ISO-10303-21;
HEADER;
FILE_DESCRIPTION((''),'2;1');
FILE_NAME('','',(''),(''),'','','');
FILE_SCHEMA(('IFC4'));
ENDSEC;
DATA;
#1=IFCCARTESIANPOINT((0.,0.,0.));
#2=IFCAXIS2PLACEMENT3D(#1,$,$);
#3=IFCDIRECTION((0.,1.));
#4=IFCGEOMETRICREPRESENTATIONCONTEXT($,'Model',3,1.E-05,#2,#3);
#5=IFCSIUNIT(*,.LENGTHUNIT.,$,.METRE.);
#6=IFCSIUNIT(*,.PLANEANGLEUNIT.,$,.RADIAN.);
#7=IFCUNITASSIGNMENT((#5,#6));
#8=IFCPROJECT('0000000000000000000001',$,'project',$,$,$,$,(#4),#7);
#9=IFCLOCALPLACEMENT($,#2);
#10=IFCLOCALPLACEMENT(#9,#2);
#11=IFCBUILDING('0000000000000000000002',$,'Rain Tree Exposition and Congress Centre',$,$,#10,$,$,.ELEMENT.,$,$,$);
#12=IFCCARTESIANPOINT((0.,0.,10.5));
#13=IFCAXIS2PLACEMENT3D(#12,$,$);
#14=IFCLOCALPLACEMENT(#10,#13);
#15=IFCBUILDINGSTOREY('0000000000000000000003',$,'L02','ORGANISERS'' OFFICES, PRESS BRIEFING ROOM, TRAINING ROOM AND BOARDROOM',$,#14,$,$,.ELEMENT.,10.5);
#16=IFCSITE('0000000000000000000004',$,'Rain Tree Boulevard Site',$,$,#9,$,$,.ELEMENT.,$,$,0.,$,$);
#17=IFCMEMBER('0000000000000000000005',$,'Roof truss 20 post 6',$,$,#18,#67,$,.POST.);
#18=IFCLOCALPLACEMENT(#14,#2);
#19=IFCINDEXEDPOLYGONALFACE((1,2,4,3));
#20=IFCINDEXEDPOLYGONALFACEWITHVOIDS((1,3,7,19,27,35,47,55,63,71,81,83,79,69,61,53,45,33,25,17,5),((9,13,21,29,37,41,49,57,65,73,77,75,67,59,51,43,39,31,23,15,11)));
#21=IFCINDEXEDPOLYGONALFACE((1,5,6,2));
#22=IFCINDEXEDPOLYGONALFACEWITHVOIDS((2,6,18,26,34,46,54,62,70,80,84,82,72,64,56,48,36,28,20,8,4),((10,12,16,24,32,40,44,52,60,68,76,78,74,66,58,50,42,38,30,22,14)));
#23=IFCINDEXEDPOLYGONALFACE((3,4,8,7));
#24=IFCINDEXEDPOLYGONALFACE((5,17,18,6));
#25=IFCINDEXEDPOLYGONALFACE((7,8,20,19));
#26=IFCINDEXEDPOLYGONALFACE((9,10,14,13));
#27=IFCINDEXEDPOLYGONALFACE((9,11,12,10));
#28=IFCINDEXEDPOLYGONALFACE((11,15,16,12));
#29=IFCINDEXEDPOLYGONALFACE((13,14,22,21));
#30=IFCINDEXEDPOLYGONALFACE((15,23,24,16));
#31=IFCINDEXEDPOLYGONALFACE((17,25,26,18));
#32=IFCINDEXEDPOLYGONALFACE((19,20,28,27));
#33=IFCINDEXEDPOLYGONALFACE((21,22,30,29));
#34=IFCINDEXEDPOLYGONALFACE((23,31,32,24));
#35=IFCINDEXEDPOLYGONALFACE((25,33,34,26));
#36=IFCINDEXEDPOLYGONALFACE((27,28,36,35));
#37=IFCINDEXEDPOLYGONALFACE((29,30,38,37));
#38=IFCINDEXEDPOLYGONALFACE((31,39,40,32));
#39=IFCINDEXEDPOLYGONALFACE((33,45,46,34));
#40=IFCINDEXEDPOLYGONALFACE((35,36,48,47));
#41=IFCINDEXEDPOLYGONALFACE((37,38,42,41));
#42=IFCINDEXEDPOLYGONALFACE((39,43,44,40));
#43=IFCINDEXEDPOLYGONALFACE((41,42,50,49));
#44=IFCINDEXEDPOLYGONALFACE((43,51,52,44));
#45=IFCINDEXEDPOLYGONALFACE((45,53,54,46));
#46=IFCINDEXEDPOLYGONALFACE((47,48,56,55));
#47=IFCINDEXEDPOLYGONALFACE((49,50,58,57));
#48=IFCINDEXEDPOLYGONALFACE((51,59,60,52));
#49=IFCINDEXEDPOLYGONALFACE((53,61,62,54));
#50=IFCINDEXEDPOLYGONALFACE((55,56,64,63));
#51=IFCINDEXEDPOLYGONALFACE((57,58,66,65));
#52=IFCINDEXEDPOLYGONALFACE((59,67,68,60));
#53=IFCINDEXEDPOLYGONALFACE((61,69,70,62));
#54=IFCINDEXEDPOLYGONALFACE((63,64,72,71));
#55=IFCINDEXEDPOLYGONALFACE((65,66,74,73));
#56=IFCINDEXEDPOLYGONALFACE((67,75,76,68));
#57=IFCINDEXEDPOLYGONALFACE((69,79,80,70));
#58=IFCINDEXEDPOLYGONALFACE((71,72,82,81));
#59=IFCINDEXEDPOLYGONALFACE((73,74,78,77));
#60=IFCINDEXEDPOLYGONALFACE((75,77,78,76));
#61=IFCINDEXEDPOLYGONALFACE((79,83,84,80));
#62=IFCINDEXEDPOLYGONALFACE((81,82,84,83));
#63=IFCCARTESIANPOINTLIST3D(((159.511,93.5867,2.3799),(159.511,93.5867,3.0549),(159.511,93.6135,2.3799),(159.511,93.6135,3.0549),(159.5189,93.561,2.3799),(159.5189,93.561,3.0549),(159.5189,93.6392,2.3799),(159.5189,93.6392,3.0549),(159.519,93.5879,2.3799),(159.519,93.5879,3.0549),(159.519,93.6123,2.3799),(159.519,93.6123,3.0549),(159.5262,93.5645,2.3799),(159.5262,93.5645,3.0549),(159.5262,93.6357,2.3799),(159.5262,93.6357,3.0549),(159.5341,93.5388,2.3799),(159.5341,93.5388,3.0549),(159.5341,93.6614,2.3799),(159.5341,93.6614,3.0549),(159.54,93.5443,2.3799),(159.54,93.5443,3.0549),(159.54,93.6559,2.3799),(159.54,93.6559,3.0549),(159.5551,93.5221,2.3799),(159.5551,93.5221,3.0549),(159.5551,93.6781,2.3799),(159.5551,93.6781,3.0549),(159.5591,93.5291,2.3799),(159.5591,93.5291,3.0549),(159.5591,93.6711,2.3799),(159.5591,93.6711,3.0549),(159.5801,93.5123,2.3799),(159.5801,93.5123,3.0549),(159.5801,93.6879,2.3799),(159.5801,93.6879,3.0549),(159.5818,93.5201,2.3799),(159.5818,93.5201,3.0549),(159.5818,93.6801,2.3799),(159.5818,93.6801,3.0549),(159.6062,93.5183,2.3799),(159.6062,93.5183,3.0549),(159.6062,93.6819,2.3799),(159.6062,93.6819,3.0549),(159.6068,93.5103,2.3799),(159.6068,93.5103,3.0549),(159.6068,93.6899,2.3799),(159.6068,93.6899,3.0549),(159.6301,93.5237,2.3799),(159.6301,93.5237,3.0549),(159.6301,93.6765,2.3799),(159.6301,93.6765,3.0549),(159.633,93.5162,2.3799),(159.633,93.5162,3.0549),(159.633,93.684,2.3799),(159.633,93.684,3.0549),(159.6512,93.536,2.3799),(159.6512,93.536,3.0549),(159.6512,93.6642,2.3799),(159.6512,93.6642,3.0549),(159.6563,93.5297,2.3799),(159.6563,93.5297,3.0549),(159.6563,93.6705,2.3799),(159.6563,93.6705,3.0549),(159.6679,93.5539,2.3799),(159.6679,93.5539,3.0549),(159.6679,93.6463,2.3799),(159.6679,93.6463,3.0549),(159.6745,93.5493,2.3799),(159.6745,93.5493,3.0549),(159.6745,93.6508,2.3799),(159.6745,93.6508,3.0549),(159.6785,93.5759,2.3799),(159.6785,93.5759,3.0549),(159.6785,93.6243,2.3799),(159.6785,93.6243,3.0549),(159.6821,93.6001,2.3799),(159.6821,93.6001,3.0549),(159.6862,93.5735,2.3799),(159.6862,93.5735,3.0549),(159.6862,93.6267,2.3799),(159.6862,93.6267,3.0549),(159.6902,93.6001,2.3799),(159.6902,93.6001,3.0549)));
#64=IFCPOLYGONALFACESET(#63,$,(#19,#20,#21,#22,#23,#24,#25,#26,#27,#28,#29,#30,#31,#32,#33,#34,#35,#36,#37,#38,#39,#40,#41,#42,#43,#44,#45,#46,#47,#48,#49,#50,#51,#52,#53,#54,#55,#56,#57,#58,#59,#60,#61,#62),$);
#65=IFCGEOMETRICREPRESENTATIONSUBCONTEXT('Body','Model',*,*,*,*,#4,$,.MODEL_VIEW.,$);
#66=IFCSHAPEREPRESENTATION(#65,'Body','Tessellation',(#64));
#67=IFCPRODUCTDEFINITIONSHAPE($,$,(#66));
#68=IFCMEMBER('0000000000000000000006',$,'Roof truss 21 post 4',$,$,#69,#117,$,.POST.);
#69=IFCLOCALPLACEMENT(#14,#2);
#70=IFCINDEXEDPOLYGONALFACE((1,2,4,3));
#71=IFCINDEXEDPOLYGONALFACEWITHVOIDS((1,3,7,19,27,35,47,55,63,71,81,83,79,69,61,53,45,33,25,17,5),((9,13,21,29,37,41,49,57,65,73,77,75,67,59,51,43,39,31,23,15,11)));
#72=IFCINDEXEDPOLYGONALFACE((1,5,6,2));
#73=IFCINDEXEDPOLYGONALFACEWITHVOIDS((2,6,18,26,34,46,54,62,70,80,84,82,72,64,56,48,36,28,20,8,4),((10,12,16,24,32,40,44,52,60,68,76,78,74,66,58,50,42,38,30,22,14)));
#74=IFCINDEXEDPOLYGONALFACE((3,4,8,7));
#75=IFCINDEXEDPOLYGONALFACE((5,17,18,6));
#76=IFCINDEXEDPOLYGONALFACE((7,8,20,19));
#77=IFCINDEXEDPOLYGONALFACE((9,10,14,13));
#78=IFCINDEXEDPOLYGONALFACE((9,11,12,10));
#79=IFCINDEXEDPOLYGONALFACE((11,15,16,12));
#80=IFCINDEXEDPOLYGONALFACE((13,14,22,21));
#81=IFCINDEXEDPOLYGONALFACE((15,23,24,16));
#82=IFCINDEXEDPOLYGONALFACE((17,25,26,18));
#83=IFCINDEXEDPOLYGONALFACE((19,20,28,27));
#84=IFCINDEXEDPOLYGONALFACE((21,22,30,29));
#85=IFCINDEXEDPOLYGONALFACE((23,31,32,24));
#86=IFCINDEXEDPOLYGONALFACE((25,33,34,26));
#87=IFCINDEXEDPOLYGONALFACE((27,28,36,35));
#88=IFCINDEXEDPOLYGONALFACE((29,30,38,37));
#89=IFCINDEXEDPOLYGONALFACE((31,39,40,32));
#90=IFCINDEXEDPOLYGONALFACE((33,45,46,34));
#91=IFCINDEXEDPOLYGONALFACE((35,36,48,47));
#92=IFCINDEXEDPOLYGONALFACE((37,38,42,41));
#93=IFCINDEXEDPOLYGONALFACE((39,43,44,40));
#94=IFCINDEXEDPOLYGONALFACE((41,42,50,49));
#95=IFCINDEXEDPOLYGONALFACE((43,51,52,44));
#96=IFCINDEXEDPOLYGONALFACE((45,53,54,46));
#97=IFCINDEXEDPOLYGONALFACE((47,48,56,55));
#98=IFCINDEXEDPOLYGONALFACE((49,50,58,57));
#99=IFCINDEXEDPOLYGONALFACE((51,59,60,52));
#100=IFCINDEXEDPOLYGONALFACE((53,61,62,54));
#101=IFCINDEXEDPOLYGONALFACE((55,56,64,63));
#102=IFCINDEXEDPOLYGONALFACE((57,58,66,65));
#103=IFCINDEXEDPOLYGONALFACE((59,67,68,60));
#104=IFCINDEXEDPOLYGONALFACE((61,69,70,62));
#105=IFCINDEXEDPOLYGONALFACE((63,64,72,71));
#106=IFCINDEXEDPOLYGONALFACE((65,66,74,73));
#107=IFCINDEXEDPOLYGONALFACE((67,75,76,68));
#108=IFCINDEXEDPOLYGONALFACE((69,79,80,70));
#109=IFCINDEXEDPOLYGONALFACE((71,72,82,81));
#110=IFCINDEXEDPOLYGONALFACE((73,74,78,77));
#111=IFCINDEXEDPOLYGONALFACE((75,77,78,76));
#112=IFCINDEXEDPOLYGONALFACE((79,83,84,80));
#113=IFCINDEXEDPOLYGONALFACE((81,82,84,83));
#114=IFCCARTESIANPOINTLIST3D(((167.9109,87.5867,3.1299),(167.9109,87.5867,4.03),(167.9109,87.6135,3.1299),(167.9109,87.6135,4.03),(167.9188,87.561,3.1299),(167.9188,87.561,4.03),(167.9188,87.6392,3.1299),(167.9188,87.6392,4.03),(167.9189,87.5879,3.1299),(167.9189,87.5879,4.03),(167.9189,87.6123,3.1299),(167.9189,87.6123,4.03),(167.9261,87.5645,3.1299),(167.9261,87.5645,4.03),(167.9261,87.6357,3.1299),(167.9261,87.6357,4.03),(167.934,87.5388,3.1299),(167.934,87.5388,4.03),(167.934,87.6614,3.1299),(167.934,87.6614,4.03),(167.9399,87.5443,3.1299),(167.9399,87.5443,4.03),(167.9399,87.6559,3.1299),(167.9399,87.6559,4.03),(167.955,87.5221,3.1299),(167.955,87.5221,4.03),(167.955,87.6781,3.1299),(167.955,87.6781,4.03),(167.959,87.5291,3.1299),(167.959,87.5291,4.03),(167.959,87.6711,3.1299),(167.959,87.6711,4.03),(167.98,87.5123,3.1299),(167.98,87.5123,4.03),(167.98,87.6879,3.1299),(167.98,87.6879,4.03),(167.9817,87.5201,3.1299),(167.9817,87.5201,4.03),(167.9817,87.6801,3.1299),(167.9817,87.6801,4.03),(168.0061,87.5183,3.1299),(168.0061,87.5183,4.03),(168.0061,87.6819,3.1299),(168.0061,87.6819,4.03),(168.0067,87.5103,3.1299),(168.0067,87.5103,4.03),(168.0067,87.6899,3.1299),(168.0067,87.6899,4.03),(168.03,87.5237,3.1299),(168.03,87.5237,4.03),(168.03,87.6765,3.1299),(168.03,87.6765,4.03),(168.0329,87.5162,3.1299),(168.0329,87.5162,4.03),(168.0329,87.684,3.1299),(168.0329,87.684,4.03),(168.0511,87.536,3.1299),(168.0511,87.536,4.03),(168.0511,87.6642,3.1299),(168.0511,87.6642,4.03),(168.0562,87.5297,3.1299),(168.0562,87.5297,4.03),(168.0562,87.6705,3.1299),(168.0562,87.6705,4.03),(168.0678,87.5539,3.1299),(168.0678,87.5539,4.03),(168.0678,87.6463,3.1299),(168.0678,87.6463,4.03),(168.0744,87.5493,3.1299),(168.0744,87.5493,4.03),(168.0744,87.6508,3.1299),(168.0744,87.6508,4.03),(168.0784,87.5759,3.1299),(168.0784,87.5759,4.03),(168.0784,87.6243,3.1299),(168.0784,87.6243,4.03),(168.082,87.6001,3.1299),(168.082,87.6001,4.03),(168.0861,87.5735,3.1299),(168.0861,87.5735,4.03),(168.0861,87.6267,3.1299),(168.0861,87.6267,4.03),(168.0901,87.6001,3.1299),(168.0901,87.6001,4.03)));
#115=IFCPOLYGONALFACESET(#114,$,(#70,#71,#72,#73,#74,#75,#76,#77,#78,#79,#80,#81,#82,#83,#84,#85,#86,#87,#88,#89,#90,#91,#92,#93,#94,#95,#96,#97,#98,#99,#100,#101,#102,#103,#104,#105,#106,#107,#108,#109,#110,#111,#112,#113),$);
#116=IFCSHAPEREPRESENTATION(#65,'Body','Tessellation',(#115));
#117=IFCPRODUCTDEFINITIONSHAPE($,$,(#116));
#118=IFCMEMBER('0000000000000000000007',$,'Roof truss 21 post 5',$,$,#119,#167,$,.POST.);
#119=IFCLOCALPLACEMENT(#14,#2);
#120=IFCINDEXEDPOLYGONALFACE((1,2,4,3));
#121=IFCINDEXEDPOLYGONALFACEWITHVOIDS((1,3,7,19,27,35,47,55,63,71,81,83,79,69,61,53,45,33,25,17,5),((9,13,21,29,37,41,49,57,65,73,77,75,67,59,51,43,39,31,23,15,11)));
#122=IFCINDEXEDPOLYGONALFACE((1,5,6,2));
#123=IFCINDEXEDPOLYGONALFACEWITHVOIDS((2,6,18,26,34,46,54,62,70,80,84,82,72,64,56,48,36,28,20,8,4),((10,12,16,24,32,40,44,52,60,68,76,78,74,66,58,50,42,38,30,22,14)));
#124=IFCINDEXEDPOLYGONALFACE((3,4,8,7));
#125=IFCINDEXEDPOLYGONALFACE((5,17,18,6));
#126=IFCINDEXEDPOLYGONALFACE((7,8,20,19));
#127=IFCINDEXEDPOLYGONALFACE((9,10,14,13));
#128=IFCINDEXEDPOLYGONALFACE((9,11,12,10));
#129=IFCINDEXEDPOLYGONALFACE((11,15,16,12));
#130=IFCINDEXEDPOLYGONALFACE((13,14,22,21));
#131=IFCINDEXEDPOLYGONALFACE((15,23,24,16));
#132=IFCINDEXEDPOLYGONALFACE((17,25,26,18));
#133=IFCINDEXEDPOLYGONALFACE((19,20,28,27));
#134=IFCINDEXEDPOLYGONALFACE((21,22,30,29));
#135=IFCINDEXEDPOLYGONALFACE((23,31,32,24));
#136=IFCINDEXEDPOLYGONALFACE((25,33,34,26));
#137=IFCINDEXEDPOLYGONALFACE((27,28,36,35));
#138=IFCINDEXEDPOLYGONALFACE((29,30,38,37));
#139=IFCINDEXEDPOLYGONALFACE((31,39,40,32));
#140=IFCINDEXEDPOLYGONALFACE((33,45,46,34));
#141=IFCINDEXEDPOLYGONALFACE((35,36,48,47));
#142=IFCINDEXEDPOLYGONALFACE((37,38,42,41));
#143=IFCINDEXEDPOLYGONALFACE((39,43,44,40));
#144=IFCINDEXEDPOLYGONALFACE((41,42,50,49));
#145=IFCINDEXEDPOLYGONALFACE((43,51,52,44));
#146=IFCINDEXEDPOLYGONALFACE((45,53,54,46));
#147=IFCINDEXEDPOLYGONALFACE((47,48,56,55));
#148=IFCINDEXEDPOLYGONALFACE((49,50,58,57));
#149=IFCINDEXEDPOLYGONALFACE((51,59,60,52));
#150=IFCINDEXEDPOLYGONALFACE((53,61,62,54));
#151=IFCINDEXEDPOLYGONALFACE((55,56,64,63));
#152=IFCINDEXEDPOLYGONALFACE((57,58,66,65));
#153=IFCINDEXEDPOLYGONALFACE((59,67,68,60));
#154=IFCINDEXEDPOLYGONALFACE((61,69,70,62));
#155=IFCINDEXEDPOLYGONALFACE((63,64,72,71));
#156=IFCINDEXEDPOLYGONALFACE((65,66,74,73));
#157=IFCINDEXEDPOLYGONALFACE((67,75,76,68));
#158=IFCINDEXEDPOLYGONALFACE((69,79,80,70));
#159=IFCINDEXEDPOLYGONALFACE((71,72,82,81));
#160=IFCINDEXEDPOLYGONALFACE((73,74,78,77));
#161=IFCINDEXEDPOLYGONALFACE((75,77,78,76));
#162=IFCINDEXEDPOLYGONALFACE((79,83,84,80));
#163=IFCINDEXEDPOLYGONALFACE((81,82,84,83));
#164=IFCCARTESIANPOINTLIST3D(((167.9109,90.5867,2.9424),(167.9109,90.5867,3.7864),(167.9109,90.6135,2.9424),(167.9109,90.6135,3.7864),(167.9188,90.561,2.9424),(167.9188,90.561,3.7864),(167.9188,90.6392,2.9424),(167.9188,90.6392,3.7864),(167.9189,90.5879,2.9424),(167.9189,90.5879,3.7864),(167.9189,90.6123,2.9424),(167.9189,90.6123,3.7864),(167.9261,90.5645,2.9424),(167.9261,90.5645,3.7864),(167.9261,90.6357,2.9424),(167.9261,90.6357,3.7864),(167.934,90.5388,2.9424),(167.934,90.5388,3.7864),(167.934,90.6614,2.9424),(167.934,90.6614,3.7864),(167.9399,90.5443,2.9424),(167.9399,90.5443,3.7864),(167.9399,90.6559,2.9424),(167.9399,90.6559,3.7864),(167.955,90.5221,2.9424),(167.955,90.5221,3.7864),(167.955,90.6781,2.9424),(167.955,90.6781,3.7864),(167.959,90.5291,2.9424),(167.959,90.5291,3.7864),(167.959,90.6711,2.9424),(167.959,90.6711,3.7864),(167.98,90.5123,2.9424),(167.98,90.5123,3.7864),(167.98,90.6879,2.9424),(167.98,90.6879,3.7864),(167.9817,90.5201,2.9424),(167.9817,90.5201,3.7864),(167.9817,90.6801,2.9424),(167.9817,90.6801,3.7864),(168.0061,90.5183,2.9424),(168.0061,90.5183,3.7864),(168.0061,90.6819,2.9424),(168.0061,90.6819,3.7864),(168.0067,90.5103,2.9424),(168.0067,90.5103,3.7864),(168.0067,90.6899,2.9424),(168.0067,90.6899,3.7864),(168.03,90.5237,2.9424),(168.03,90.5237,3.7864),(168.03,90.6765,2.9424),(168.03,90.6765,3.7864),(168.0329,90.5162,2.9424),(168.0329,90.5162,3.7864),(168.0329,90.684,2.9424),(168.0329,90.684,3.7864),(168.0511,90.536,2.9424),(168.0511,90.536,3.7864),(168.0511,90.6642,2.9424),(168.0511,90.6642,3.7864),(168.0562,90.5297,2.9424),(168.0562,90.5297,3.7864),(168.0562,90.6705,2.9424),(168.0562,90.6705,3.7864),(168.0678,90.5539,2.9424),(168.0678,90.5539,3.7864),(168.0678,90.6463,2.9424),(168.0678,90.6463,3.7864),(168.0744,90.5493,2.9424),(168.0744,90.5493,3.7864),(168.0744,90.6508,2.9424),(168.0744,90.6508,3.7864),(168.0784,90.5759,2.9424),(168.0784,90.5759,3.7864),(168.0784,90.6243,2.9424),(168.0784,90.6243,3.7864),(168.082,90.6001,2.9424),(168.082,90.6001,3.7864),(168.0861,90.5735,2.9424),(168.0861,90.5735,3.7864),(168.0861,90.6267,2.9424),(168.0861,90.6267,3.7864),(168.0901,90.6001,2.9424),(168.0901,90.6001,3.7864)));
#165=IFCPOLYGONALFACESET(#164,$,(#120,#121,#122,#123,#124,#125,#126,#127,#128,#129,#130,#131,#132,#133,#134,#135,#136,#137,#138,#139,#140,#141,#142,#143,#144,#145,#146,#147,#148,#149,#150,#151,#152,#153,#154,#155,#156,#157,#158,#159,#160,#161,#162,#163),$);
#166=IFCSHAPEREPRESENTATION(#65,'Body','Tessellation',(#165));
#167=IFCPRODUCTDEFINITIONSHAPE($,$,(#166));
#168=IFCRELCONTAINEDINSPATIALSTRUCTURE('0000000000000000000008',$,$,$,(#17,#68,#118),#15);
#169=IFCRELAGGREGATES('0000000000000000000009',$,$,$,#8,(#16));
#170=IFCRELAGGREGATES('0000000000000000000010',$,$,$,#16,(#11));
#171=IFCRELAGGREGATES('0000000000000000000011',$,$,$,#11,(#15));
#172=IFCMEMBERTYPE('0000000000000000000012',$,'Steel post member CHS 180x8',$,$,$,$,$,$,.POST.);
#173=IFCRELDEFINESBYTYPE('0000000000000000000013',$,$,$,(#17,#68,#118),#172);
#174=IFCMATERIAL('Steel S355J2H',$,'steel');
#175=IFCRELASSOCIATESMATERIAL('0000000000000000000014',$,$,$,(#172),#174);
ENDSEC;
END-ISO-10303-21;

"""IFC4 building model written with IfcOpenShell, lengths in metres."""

from ifc_helpers import new_model, si_unit, direction, frame, origin, origin_2d, place, context, subcontext, project, spatial, hollow_circle, extrude, material, material_profile, profile_set, type_object, element, save


model = new_model("IFC4")

# Units and contexts
model_context = context("Model", 3, precision=1e-05, world=origin(), true_north=direction((0.0, 1.0)))
body_context = subcontext(model_context, "Body", "Model", "MODEL_VIEW")
ifc_project = project(units=[si_unit("LENGTHUNIT", "METRE"), si_unit("PLANEANGLEUNIT", "RADIAN")], contexts=[model_context])

# Site, building, storey
site_placement = place(None, origin())
site = spatial("IfcSite", under=ifc_project, at=site_placement, Name="Rain Tree Boulevard Site", CompositionType="ELEMENT", RefElevation=0.0)
building_placement = place(site_placement, origin())
building = spatial("IfcBuilding", under=site, at=building_placement, Name="Rain Tree Exposition and Congress Centre", CompositionType="ELEMENT")
storey_placement = place(building_placement, frame((0.0, 0.0, 10.5)))
storey = spatial("IfcBuildingStorey", under=building, at=storey_placement, Name="L02", Description="ORGANISERS' OFFICES, PRESS BRIEFING ROOM, TRAINING ROOM AND BOARDROOM", CompositionType="ELEMENT", Elevation=10.5)

# Members
ifc_material_1 = material(Name="Steel S355J2H", Category="steel")
ifc_material_profile_1 = material_profile(ifc_material_1, hollow_circle(Radius=0.0901, WallThickness=0.0081, at=origin_2d()), Name="CHS 180x8")
ifc_profile_set_1 = profile_set([ifc_material_profile_1], Name="Steel S355J2H")
member_type_1 = type_object("IfcMemberType", Name="Steel post member CHS 180x8", PredefinedType="POST", material=ifc_profile_set_1)
member_1_placement = place(storey_placement, frame((159.6001, 93.6001, 2.3799), z_axis=(0.0, 0.0, 1.0), x_axis=(1.0, 0.0, 0.0)))
element("IfcMember", 1, at=member_1_placement, inside=storey, type_object=member_type_1, Name="Roof truss 20 post 6", PredefinedType="POST", context=body_context, shape_type="SweptSolid", body=[
    extrude(hollow_circle(Radius=0.0901, WallThickness=0.0081, at=origin_2d()), origin(), (0.0, 0.0, 1.0), 0.675),
])
member_2_placement = place(storey_placement, frame((168.0, 87.6001, 3.1299), z_axis=(0.0, 0.0, 1.0), x_axis=(1.0, 0.0, 0.0)))
element("IfcMember", 2, at=member_2_placement, inside=storey, type_object=member_type_1, Name="Roof truss 21 post 4", PredefinedType="POST", context=body_context, shape_type="SweptSolid", body=[
    extrude(hollow_circle(Radius=0.0901, WallThickness=0.0081, at=origin_2d()), origin(), (0.0, 0.0, 1.0), 0.9001),
])
member_3_placement = place(storey_placement, frame((168.0, 90.6001, 2.9424), z_axis=(0.0, 0.0, 1.0), x_axis=(1.0, 0.0, 0.0)))
element("IfcMember", 3, at=member_3_placement, inside=storey, type_object=member_type_1, Name="Roof truss 21 post 5", PredefinedType="POST", context=body_context, shape_type="SweptSolid", body=[
    extrude(hollow_circle(Radius=0.0901, WallThickness=0.0081, at=origin_2d()), origin(), (0.0, 0.0, 1.0), 0.844),
])

save(model, "model.ifc")
